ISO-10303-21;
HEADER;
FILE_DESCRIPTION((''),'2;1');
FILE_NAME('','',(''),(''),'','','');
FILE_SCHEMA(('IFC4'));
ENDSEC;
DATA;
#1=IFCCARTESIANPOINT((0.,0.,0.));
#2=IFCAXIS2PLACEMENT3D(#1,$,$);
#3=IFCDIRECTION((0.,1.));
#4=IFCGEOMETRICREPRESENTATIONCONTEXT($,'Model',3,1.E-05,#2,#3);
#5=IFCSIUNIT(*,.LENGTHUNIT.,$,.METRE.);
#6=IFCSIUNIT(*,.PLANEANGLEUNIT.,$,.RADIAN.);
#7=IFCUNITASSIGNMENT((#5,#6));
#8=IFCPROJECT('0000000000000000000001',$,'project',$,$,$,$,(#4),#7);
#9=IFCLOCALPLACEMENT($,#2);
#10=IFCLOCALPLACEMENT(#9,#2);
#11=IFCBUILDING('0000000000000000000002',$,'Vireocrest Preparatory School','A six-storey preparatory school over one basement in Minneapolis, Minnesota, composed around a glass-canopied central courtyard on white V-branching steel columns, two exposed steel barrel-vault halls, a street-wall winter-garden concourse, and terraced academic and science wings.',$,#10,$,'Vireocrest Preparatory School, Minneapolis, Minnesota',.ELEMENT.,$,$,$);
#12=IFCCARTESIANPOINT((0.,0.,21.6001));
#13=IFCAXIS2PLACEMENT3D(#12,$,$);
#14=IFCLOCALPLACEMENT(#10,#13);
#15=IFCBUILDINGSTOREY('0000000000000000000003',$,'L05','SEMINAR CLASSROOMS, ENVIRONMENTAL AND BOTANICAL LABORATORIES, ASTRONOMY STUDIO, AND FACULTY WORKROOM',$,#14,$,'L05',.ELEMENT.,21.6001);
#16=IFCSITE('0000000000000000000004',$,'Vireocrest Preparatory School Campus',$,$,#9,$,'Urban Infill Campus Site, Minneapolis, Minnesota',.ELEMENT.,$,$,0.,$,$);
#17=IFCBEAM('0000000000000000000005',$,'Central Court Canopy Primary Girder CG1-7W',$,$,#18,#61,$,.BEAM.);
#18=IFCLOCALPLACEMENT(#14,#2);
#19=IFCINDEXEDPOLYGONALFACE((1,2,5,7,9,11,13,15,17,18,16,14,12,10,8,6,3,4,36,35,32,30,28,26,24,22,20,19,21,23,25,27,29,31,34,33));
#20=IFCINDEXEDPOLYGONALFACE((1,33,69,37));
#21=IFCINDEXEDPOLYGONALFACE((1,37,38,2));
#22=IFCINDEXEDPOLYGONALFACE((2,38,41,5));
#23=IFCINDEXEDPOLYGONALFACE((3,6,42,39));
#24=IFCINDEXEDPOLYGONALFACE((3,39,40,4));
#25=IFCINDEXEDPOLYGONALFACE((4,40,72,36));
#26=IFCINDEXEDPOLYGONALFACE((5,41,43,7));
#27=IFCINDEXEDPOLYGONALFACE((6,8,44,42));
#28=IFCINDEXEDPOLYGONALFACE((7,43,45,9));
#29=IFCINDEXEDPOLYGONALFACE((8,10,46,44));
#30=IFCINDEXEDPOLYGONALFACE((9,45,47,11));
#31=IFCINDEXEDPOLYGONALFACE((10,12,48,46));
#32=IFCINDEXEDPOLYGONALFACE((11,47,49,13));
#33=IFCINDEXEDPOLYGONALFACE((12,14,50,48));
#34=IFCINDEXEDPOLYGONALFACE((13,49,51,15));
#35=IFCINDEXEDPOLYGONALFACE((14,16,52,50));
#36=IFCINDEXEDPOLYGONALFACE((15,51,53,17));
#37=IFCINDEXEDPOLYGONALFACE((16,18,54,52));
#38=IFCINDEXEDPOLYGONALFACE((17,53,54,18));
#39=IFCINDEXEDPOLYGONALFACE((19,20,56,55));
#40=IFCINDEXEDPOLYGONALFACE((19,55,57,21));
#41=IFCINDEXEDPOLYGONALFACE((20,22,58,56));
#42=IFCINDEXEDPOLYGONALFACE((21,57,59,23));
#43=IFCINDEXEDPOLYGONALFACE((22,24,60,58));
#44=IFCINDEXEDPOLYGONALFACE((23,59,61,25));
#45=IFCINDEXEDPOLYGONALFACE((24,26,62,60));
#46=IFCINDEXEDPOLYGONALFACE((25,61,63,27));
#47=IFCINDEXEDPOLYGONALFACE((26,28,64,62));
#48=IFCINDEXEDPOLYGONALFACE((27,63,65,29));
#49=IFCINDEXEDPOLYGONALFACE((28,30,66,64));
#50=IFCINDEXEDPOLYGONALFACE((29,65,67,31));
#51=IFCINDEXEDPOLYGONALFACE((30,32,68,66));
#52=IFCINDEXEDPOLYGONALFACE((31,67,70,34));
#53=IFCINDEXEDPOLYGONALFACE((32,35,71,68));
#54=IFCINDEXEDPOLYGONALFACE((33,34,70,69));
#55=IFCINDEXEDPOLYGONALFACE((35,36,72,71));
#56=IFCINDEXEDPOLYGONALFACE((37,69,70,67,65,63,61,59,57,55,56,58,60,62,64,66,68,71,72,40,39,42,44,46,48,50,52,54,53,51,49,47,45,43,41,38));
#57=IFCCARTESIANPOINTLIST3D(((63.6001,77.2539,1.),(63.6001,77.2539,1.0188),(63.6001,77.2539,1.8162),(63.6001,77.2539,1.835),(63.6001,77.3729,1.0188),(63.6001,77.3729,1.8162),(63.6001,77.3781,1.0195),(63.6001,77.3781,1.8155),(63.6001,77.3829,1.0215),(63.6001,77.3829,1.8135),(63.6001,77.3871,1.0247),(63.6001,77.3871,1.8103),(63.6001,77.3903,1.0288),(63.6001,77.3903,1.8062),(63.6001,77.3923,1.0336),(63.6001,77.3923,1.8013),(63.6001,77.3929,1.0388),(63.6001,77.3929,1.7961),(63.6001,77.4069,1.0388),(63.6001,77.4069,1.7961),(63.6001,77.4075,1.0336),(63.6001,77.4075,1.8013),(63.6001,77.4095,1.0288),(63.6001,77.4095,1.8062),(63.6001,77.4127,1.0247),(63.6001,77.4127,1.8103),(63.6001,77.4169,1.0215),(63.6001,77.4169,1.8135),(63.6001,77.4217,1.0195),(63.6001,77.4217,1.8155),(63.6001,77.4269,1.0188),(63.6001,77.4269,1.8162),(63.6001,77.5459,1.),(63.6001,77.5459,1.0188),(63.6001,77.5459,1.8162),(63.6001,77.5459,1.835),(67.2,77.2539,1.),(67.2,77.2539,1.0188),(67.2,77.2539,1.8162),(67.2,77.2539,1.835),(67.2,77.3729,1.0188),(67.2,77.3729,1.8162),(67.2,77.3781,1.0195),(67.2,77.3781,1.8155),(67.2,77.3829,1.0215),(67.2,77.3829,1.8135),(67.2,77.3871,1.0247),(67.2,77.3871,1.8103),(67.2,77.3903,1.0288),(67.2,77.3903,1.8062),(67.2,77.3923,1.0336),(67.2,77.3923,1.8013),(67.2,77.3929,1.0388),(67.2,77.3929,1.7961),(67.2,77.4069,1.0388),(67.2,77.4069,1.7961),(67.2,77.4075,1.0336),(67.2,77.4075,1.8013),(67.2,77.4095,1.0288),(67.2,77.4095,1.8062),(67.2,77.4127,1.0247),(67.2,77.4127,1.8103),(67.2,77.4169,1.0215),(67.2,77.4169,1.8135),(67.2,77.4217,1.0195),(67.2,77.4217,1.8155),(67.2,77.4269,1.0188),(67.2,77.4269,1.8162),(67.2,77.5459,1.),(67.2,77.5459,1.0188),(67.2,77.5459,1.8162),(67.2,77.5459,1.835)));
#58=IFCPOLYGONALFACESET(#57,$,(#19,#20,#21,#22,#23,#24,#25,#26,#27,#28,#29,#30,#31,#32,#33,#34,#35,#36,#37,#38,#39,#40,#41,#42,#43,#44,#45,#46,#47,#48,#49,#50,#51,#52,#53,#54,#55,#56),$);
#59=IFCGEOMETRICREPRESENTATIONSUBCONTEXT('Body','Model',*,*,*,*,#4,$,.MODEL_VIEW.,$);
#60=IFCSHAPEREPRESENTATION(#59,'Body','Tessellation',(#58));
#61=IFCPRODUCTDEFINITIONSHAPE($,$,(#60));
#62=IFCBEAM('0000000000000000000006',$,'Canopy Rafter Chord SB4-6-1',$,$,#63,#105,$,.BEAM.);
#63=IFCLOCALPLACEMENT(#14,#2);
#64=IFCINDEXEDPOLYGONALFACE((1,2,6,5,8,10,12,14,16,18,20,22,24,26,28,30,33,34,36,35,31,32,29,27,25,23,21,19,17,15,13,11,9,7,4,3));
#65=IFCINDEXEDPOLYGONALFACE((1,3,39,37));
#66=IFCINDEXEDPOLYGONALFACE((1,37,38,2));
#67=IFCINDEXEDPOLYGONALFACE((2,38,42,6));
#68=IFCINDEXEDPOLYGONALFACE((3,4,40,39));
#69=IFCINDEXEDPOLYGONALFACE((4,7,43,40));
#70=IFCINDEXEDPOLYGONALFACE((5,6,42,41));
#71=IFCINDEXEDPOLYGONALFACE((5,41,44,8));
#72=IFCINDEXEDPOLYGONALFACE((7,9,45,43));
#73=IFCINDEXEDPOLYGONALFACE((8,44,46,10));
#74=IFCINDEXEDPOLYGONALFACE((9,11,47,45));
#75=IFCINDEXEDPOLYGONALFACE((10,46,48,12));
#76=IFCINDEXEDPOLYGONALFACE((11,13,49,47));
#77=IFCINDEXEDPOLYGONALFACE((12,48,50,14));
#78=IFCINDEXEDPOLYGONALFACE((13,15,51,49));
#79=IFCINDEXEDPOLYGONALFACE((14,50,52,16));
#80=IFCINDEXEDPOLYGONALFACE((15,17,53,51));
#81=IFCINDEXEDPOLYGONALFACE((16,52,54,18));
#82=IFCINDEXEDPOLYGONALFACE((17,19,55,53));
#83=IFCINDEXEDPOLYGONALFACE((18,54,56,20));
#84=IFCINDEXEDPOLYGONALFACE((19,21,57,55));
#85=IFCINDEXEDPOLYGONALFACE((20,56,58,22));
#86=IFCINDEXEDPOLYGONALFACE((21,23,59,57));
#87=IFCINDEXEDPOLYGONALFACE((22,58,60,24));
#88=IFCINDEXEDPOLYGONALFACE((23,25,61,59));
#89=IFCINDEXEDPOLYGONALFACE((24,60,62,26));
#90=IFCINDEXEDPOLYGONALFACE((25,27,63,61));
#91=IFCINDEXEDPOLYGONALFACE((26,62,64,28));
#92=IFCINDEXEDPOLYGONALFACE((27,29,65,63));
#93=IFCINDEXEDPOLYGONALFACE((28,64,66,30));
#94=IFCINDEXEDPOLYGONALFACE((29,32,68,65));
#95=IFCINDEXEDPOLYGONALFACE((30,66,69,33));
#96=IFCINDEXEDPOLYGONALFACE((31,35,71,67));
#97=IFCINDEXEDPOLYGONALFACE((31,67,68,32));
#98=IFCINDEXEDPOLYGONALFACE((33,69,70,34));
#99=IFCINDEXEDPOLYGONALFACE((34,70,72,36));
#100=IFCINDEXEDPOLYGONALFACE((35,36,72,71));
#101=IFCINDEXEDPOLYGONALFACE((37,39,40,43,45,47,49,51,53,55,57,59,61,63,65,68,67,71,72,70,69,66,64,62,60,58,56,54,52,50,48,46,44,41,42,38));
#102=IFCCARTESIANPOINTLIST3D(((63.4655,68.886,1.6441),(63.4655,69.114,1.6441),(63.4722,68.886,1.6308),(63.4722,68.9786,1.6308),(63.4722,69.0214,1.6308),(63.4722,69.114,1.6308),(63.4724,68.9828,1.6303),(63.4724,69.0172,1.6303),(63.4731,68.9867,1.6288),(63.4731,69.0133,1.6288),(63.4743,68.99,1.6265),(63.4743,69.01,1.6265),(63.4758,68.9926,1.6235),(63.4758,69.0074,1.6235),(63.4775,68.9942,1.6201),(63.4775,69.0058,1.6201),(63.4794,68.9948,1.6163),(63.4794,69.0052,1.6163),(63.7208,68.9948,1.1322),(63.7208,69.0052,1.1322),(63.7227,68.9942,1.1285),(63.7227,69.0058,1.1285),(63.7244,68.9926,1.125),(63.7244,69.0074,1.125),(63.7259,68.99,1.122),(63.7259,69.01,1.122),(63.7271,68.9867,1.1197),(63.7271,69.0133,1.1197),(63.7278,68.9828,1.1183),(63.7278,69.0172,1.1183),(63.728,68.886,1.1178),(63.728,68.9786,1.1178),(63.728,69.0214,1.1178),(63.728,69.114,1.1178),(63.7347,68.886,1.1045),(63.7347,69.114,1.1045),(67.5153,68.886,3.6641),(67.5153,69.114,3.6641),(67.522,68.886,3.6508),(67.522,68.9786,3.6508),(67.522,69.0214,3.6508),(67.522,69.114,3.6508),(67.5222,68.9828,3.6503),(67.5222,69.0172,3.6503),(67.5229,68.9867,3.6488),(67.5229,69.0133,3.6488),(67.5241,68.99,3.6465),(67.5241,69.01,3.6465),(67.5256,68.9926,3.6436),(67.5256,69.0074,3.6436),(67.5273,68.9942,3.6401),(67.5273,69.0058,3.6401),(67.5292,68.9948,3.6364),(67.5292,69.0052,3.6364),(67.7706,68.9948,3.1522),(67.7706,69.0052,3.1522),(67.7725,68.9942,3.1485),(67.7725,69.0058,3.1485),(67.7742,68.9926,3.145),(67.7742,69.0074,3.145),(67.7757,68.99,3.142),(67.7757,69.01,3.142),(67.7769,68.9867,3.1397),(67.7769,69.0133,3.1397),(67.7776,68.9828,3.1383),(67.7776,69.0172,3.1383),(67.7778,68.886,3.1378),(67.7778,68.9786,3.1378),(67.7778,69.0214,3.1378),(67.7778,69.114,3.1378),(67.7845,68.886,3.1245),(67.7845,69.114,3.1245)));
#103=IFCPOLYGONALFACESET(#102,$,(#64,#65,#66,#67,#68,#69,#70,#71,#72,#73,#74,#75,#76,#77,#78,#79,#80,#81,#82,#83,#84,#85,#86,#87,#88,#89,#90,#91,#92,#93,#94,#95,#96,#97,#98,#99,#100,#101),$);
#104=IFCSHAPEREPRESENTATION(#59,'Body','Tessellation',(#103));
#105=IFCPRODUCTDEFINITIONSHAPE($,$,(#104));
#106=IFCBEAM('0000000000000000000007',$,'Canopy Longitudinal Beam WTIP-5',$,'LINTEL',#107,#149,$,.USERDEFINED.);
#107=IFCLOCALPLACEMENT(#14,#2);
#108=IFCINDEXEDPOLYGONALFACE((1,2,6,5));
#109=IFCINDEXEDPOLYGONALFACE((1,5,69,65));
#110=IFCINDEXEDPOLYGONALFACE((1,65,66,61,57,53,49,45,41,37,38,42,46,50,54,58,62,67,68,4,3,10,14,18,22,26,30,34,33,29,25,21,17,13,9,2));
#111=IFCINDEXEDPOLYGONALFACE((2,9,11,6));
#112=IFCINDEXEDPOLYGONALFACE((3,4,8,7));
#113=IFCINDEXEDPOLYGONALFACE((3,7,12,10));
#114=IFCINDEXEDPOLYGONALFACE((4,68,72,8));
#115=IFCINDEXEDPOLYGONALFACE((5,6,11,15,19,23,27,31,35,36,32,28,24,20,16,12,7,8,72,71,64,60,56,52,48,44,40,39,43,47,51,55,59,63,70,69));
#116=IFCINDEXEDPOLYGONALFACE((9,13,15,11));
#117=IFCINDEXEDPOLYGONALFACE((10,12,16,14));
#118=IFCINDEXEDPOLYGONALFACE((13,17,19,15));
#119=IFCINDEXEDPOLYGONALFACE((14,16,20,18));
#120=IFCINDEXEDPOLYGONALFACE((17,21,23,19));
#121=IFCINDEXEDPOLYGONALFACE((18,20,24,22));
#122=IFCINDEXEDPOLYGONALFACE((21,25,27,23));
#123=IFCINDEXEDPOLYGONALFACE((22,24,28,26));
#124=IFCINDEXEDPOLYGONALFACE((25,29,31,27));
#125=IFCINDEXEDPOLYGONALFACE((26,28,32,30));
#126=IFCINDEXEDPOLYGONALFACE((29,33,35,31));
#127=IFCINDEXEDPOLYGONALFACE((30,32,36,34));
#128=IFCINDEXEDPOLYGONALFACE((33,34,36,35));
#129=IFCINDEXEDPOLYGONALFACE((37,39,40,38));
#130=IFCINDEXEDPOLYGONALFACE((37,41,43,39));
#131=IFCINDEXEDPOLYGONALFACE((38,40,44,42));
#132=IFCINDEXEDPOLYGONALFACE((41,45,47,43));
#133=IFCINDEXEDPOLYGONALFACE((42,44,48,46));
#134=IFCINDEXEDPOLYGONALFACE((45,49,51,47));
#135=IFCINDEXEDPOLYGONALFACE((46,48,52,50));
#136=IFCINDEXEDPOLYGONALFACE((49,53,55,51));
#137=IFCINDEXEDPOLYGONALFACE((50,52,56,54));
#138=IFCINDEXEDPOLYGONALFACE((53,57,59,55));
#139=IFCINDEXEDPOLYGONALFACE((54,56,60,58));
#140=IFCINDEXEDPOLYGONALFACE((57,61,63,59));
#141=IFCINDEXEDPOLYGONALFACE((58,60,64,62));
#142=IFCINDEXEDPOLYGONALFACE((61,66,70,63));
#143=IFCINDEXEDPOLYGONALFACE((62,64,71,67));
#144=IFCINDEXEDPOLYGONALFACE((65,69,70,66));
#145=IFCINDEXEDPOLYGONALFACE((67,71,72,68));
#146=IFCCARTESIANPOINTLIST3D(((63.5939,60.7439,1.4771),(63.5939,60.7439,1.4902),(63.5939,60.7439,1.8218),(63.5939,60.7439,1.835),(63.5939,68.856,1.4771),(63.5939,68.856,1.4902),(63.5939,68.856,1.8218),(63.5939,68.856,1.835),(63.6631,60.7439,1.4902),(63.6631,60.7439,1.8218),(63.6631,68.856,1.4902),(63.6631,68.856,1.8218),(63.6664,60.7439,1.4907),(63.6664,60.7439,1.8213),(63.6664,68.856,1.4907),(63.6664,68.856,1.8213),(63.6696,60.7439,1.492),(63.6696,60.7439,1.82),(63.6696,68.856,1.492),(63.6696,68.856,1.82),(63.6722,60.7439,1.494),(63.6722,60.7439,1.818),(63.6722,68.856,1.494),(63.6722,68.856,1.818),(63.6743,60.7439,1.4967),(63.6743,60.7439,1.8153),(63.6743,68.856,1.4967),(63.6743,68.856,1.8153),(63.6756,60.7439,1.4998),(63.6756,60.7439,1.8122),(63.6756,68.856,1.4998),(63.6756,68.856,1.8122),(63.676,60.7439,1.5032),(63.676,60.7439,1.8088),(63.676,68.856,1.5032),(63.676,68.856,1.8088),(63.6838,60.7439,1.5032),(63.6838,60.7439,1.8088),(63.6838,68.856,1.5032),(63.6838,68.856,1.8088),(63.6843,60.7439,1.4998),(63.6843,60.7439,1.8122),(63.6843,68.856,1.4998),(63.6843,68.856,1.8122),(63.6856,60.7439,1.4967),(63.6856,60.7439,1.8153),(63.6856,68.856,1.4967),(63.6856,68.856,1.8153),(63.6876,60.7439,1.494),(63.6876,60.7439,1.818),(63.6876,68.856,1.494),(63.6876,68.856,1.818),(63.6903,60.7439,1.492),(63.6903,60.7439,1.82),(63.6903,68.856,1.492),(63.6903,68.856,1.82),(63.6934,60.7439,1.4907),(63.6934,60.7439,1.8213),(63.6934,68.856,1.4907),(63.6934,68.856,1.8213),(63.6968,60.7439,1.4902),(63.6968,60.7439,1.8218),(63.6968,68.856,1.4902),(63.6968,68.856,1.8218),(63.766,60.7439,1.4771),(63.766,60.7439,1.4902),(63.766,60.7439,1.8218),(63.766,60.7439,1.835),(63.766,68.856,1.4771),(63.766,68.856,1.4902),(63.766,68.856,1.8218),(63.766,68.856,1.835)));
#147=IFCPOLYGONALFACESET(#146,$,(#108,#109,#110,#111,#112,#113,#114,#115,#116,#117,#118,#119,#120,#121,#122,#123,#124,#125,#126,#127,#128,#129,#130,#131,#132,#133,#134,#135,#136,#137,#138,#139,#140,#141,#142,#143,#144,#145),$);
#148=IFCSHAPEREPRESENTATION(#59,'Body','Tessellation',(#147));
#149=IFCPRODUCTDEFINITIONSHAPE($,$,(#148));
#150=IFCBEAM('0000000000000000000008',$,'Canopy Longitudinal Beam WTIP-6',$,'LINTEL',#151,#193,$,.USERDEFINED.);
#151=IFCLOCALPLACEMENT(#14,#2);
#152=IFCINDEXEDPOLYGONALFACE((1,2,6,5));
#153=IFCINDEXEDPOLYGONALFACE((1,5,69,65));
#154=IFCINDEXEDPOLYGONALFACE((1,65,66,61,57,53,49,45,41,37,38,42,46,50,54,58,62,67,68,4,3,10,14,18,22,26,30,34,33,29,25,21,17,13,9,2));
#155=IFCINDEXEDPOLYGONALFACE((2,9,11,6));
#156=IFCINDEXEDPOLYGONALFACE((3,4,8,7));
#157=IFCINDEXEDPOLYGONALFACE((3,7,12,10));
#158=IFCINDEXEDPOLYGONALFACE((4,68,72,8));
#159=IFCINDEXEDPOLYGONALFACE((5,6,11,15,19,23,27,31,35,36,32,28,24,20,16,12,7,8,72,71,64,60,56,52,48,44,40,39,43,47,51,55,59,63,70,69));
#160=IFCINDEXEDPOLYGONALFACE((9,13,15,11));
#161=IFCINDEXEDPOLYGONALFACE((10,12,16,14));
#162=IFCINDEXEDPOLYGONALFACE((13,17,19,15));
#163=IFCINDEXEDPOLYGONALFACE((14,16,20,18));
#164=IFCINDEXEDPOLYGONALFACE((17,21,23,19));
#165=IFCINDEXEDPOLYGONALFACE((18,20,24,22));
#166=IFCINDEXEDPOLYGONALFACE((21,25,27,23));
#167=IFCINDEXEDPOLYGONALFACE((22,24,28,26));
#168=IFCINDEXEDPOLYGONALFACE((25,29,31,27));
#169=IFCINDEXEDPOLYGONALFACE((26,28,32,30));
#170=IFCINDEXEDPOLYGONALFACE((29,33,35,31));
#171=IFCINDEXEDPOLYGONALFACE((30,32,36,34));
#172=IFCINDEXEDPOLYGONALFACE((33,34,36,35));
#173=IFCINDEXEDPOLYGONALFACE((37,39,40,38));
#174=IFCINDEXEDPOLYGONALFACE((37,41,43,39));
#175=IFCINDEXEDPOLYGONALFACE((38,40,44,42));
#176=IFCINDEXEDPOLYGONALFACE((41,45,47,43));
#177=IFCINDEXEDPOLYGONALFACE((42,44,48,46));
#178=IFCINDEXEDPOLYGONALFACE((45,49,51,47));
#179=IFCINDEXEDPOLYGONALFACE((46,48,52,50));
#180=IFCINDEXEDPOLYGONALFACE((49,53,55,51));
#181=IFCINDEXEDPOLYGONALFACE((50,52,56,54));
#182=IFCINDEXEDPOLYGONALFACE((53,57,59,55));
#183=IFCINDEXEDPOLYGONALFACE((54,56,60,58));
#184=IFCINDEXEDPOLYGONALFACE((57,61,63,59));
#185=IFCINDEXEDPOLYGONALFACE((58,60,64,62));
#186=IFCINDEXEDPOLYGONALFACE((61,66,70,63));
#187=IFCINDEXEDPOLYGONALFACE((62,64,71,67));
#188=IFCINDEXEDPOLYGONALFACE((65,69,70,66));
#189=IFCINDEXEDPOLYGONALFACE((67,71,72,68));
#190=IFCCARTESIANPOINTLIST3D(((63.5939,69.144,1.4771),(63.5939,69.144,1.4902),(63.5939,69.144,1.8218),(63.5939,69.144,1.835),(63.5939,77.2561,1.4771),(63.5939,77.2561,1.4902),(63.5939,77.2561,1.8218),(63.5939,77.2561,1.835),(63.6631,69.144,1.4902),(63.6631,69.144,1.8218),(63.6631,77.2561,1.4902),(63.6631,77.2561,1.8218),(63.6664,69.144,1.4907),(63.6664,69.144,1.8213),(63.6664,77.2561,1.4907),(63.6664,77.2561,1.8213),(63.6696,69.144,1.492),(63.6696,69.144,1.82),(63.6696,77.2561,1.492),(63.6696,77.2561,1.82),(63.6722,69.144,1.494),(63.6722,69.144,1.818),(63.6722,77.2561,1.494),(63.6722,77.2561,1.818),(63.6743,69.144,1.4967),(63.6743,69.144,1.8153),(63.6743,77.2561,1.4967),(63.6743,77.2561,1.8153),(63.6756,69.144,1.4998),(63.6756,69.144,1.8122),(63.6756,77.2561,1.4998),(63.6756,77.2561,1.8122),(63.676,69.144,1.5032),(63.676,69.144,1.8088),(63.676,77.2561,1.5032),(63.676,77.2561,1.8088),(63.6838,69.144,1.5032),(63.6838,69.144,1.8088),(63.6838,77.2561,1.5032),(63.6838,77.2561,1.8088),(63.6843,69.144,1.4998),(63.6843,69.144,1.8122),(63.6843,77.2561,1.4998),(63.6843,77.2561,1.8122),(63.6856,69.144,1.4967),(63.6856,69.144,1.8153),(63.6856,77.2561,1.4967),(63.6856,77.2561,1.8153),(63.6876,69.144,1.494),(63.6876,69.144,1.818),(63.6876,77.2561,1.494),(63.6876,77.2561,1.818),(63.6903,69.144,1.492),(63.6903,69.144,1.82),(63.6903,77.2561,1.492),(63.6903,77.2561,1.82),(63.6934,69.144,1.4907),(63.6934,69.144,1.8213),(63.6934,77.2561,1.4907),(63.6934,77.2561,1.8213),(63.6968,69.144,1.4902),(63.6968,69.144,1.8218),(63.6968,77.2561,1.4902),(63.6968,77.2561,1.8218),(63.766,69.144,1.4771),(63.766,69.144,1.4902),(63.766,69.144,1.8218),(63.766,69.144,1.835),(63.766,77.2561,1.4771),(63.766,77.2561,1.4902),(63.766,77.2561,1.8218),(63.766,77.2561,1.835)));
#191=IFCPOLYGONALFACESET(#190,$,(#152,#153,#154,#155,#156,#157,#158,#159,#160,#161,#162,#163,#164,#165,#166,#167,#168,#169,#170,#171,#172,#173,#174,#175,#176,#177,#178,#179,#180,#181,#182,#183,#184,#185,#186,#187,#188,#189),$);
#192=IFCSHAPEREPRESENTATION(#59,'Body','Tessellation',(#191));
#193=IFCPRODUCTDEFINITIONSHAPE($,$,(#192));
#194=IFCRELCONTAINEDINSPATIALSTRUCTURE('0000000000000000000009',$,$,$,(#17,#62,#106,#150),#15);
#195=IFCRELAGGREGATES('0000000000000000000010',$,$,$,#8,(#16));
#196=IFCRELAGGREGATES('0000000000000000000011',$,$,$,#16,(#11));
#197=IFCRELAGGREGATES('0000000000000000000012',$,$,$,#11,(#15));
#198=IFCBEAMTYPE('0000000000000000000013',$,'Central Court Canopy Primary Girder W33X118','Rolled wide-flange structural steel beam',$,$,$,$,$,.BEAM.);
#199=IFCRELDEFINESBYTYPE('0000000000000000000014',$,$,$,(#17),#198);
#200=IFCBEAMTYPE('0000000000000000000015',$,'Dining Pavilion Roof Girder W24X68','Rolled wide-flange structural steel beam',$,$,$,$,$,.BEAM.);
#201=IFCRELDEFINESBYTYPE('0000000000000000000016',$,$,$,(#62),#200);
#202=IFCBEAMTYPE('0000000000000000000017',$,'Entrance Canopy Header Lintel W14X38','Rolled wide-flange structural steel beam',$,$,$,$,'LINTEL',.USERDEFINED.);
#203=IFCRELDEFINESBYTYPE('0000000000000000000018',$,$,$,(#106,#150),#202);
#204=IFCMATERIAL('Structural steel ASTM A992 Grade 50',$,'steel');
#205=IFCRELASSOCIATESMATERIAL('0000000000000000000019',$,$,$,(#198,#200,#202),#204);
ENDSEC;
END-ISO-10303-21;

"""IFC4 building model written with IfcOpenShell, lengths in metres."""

from ifc_helpers import new_model, si_unit, direction, frame, origin, origin_2d, place, context, subcontext, project, spatial, i_section, extrude, material, material_profile, profile_set, type_object, element, save


model = new_model("IFC4")

# Units and contexts
model_context = context("Model", 3, precision=1e-05, world=origin(), true_north=direction((0.0, 1.0)))
body_context = subcontext(model_context, "Body", "Model", "MODEL_VIEW")
ifc_project = project(units=[si_unit("LENGTHUNIT", "METRE"), si_unit("PLANEANGLEUNIT", "RADIAN")], contexts=[model_context])

# Site, building, storey
site_placement = place(None, origin())
site = spatial("IfcSite", under=ifc_project, at=site_placement, Name="Vireocrest Preparatory School Campus", LongName="Urban Infill Campus Site, Minneapolis, Minnesota", CompositionType="ELEMENT", RefElevation=0.0)
building_placement = place(site_placement, origin())
building = spatial("IfcBuilding", under=site, at=building_placement, Name="Vireocrest Preparatory School", Description="A six-storey preparatory school over one basement in Minneapolis, Minnesota, composed around a glass-canopied central courtyard on white V-branching steel columns, two exposed steel barrel-vault halls, a street-wall winter-garden concourse, and terraced academic and science wings.", LongName="Vireocrest Preparatory School, Minneapolis, Minnesota", CompositionType="ELEMENT")
storey_placement = place(building_placement, frame((0.0, 0.0, 21.6001)))
storey = spatial("IfcBuildingStorey", under=building, at=storey_placement, Name="L05", Description="SEMINAR CLASSROOMS, ENVIRONMENTAL AND BOTANICAL LABORATORIES, ASTRONOMY STUDIO, AND FACULTY WORKROOM", LongName="L05", CompositionType="ELEMENT", Elevation=21.6001)

# Beams
ifc_material_1 = material(Name="Structural steel ASTM A992 Grade 50", Category="steel")
ifc_material_profile_1 = material_profile(ifc_material_1, i_section(OverallWidth=0.292, OverallDepth=0.835, WebThickness=0.0139, FlangeThickness=0.0188, FilletRadius=0.02, at=origin_2d()), Name="W33X118")
ifc_profile_set_1 = profile_set([ifc_material_profile_1], Name="Structural steel ASTM A992 Grade 50")
beam_type_1 = type_object("IfcBeamType", Name="Central Court Canopy Primary Girder W33X118", Description="Rolled wide-flange structural steel beam", PredefinedType="BEAM", material=ifc_profile_set_1)
for number, where, z_axis, x_axis, name in (
    (1, (63.6001, 77.3999, 1.4175), (1.0, 0.0, 0.0), (0.0, 1.0, 0.0), "Central Court Canopy Primary Girder CG1-7W"),
):
    element("IfcBeam", number, at=place(storey_placement, frame(where, z_axis=z_axis, x_axis=x_axis)), inside=storey, type_object=beam_type_1, Name=name, PredefinedType="BEAM", context=body_context, shape_type="SweptSolid", body=[
        extrude(i_section(OverallWidth=0.292, OverallDepth=0.835, WebThickness=0.0139, FlangeThickness=0.0188, FilletRadius=0.02, at=origin_2d()), origin(), (0.0, 0.0, 1.0), 3.5999),
    ])
ifc_material_profile_2 = material_profile(ifc_material_1, i_section(OverallWidth=0.228, OverallDepth=0.603, WebThickness=0.0105, FlangeThickness=0.0149, FilletRadius=0.0161, at=origin_2d()), Name="W24X68")
ifc_profile_set_2 = profile_set([ifc_material_profile_2], Name="Structural steel ASTM A992 Grade 50")
beam_type_2 = type_object("IfcBeamType", Name="Dining Pavilion Roof Girder W24X68", Description="Rolled wide-flange structural steel beam", PredefinedType="BEAM", material=ifc_profile_set_2)
beam_1_placement = place(storey_placement, frame((63.6001, 69.0, 1.3743), z_axis=(0.894858, 0.0, 0.44635), x_axis=(0.0, 1.0, 0.0)))
element("IfcBeam", 2, at=beam_1_placement, inside=storey, type_object=beam_type_2, Name="Canopy Rafter Chord SB4-6-1", PredefinedType="BEAM", context=body_context, shape_type="SweptSolid", body=[
    extrude(i_section(OverallWidth=0.228, OverallDepth=0.603, WebThickness=0.0105, FlangeThickness=0.0149, FilletRadius=0.0161, at=origin_2d()), origin(), (0.0, 0.0, 1.0), 4.5256),
])
ifc_material_profile_3 = material_profile(ifc_material_1, i_section(OverallWidth=0.1721, OverallDepth=0.3579, WebThickness=0.0078, FlangeThickness=0.0132, FilletRadius=0.0129, at=origin_2d()), Name="W14X38")
ifc_profile_set_3 = profile_set([ifc_material_profile_3], Name="Structural steel ASTM A992 Grade 50")
beam_type_3 = type_object("IfcBeamType", Name="Entrance Canopy Header Lintel W14X38", Description="Rolled wide-flange structural steel beam", ElementType="LINTEL", PredefinedType="USERDEFINED", material=ifc_profile_set_3)
for number, where, z_axis, x_axis, name in (
    (3, (63.6799, 60.7439, 1.656), (0.0, 1.0, 0.0), (-1.0, 0.0, 0.0), "Canopy Longitudinal Beam WTIP-5"),
    (4, (63.6799, 69.144, 1.656), (0.0, 1.0, 0.0), (-1.0, 0.0, 0.0), "Canopy Longitudinal Beam WTIP-6"),
):
    element("IfcBeam", number, at=place(storey_placement, frame(where, z_axis=z_axis, x_axis=x_axis)), inside=storey, type_object=beam_type_3, Name=name, ObjectType="LINTEL", PredefinedType="USERDEFINED", context=body_context, shape_type="SweptSolid", body=[
        extrude(i_section(OverallWidth=0.1721, OverallDepth=0.3579, WebThickness=0.0078, FlangeThickness=0.0132, FilletRadius=0.0129, at=origin_2d()), origin(), (0.0, 0.0, 1.0), 8.1121),
    ])

save(model, "model.ifc")
